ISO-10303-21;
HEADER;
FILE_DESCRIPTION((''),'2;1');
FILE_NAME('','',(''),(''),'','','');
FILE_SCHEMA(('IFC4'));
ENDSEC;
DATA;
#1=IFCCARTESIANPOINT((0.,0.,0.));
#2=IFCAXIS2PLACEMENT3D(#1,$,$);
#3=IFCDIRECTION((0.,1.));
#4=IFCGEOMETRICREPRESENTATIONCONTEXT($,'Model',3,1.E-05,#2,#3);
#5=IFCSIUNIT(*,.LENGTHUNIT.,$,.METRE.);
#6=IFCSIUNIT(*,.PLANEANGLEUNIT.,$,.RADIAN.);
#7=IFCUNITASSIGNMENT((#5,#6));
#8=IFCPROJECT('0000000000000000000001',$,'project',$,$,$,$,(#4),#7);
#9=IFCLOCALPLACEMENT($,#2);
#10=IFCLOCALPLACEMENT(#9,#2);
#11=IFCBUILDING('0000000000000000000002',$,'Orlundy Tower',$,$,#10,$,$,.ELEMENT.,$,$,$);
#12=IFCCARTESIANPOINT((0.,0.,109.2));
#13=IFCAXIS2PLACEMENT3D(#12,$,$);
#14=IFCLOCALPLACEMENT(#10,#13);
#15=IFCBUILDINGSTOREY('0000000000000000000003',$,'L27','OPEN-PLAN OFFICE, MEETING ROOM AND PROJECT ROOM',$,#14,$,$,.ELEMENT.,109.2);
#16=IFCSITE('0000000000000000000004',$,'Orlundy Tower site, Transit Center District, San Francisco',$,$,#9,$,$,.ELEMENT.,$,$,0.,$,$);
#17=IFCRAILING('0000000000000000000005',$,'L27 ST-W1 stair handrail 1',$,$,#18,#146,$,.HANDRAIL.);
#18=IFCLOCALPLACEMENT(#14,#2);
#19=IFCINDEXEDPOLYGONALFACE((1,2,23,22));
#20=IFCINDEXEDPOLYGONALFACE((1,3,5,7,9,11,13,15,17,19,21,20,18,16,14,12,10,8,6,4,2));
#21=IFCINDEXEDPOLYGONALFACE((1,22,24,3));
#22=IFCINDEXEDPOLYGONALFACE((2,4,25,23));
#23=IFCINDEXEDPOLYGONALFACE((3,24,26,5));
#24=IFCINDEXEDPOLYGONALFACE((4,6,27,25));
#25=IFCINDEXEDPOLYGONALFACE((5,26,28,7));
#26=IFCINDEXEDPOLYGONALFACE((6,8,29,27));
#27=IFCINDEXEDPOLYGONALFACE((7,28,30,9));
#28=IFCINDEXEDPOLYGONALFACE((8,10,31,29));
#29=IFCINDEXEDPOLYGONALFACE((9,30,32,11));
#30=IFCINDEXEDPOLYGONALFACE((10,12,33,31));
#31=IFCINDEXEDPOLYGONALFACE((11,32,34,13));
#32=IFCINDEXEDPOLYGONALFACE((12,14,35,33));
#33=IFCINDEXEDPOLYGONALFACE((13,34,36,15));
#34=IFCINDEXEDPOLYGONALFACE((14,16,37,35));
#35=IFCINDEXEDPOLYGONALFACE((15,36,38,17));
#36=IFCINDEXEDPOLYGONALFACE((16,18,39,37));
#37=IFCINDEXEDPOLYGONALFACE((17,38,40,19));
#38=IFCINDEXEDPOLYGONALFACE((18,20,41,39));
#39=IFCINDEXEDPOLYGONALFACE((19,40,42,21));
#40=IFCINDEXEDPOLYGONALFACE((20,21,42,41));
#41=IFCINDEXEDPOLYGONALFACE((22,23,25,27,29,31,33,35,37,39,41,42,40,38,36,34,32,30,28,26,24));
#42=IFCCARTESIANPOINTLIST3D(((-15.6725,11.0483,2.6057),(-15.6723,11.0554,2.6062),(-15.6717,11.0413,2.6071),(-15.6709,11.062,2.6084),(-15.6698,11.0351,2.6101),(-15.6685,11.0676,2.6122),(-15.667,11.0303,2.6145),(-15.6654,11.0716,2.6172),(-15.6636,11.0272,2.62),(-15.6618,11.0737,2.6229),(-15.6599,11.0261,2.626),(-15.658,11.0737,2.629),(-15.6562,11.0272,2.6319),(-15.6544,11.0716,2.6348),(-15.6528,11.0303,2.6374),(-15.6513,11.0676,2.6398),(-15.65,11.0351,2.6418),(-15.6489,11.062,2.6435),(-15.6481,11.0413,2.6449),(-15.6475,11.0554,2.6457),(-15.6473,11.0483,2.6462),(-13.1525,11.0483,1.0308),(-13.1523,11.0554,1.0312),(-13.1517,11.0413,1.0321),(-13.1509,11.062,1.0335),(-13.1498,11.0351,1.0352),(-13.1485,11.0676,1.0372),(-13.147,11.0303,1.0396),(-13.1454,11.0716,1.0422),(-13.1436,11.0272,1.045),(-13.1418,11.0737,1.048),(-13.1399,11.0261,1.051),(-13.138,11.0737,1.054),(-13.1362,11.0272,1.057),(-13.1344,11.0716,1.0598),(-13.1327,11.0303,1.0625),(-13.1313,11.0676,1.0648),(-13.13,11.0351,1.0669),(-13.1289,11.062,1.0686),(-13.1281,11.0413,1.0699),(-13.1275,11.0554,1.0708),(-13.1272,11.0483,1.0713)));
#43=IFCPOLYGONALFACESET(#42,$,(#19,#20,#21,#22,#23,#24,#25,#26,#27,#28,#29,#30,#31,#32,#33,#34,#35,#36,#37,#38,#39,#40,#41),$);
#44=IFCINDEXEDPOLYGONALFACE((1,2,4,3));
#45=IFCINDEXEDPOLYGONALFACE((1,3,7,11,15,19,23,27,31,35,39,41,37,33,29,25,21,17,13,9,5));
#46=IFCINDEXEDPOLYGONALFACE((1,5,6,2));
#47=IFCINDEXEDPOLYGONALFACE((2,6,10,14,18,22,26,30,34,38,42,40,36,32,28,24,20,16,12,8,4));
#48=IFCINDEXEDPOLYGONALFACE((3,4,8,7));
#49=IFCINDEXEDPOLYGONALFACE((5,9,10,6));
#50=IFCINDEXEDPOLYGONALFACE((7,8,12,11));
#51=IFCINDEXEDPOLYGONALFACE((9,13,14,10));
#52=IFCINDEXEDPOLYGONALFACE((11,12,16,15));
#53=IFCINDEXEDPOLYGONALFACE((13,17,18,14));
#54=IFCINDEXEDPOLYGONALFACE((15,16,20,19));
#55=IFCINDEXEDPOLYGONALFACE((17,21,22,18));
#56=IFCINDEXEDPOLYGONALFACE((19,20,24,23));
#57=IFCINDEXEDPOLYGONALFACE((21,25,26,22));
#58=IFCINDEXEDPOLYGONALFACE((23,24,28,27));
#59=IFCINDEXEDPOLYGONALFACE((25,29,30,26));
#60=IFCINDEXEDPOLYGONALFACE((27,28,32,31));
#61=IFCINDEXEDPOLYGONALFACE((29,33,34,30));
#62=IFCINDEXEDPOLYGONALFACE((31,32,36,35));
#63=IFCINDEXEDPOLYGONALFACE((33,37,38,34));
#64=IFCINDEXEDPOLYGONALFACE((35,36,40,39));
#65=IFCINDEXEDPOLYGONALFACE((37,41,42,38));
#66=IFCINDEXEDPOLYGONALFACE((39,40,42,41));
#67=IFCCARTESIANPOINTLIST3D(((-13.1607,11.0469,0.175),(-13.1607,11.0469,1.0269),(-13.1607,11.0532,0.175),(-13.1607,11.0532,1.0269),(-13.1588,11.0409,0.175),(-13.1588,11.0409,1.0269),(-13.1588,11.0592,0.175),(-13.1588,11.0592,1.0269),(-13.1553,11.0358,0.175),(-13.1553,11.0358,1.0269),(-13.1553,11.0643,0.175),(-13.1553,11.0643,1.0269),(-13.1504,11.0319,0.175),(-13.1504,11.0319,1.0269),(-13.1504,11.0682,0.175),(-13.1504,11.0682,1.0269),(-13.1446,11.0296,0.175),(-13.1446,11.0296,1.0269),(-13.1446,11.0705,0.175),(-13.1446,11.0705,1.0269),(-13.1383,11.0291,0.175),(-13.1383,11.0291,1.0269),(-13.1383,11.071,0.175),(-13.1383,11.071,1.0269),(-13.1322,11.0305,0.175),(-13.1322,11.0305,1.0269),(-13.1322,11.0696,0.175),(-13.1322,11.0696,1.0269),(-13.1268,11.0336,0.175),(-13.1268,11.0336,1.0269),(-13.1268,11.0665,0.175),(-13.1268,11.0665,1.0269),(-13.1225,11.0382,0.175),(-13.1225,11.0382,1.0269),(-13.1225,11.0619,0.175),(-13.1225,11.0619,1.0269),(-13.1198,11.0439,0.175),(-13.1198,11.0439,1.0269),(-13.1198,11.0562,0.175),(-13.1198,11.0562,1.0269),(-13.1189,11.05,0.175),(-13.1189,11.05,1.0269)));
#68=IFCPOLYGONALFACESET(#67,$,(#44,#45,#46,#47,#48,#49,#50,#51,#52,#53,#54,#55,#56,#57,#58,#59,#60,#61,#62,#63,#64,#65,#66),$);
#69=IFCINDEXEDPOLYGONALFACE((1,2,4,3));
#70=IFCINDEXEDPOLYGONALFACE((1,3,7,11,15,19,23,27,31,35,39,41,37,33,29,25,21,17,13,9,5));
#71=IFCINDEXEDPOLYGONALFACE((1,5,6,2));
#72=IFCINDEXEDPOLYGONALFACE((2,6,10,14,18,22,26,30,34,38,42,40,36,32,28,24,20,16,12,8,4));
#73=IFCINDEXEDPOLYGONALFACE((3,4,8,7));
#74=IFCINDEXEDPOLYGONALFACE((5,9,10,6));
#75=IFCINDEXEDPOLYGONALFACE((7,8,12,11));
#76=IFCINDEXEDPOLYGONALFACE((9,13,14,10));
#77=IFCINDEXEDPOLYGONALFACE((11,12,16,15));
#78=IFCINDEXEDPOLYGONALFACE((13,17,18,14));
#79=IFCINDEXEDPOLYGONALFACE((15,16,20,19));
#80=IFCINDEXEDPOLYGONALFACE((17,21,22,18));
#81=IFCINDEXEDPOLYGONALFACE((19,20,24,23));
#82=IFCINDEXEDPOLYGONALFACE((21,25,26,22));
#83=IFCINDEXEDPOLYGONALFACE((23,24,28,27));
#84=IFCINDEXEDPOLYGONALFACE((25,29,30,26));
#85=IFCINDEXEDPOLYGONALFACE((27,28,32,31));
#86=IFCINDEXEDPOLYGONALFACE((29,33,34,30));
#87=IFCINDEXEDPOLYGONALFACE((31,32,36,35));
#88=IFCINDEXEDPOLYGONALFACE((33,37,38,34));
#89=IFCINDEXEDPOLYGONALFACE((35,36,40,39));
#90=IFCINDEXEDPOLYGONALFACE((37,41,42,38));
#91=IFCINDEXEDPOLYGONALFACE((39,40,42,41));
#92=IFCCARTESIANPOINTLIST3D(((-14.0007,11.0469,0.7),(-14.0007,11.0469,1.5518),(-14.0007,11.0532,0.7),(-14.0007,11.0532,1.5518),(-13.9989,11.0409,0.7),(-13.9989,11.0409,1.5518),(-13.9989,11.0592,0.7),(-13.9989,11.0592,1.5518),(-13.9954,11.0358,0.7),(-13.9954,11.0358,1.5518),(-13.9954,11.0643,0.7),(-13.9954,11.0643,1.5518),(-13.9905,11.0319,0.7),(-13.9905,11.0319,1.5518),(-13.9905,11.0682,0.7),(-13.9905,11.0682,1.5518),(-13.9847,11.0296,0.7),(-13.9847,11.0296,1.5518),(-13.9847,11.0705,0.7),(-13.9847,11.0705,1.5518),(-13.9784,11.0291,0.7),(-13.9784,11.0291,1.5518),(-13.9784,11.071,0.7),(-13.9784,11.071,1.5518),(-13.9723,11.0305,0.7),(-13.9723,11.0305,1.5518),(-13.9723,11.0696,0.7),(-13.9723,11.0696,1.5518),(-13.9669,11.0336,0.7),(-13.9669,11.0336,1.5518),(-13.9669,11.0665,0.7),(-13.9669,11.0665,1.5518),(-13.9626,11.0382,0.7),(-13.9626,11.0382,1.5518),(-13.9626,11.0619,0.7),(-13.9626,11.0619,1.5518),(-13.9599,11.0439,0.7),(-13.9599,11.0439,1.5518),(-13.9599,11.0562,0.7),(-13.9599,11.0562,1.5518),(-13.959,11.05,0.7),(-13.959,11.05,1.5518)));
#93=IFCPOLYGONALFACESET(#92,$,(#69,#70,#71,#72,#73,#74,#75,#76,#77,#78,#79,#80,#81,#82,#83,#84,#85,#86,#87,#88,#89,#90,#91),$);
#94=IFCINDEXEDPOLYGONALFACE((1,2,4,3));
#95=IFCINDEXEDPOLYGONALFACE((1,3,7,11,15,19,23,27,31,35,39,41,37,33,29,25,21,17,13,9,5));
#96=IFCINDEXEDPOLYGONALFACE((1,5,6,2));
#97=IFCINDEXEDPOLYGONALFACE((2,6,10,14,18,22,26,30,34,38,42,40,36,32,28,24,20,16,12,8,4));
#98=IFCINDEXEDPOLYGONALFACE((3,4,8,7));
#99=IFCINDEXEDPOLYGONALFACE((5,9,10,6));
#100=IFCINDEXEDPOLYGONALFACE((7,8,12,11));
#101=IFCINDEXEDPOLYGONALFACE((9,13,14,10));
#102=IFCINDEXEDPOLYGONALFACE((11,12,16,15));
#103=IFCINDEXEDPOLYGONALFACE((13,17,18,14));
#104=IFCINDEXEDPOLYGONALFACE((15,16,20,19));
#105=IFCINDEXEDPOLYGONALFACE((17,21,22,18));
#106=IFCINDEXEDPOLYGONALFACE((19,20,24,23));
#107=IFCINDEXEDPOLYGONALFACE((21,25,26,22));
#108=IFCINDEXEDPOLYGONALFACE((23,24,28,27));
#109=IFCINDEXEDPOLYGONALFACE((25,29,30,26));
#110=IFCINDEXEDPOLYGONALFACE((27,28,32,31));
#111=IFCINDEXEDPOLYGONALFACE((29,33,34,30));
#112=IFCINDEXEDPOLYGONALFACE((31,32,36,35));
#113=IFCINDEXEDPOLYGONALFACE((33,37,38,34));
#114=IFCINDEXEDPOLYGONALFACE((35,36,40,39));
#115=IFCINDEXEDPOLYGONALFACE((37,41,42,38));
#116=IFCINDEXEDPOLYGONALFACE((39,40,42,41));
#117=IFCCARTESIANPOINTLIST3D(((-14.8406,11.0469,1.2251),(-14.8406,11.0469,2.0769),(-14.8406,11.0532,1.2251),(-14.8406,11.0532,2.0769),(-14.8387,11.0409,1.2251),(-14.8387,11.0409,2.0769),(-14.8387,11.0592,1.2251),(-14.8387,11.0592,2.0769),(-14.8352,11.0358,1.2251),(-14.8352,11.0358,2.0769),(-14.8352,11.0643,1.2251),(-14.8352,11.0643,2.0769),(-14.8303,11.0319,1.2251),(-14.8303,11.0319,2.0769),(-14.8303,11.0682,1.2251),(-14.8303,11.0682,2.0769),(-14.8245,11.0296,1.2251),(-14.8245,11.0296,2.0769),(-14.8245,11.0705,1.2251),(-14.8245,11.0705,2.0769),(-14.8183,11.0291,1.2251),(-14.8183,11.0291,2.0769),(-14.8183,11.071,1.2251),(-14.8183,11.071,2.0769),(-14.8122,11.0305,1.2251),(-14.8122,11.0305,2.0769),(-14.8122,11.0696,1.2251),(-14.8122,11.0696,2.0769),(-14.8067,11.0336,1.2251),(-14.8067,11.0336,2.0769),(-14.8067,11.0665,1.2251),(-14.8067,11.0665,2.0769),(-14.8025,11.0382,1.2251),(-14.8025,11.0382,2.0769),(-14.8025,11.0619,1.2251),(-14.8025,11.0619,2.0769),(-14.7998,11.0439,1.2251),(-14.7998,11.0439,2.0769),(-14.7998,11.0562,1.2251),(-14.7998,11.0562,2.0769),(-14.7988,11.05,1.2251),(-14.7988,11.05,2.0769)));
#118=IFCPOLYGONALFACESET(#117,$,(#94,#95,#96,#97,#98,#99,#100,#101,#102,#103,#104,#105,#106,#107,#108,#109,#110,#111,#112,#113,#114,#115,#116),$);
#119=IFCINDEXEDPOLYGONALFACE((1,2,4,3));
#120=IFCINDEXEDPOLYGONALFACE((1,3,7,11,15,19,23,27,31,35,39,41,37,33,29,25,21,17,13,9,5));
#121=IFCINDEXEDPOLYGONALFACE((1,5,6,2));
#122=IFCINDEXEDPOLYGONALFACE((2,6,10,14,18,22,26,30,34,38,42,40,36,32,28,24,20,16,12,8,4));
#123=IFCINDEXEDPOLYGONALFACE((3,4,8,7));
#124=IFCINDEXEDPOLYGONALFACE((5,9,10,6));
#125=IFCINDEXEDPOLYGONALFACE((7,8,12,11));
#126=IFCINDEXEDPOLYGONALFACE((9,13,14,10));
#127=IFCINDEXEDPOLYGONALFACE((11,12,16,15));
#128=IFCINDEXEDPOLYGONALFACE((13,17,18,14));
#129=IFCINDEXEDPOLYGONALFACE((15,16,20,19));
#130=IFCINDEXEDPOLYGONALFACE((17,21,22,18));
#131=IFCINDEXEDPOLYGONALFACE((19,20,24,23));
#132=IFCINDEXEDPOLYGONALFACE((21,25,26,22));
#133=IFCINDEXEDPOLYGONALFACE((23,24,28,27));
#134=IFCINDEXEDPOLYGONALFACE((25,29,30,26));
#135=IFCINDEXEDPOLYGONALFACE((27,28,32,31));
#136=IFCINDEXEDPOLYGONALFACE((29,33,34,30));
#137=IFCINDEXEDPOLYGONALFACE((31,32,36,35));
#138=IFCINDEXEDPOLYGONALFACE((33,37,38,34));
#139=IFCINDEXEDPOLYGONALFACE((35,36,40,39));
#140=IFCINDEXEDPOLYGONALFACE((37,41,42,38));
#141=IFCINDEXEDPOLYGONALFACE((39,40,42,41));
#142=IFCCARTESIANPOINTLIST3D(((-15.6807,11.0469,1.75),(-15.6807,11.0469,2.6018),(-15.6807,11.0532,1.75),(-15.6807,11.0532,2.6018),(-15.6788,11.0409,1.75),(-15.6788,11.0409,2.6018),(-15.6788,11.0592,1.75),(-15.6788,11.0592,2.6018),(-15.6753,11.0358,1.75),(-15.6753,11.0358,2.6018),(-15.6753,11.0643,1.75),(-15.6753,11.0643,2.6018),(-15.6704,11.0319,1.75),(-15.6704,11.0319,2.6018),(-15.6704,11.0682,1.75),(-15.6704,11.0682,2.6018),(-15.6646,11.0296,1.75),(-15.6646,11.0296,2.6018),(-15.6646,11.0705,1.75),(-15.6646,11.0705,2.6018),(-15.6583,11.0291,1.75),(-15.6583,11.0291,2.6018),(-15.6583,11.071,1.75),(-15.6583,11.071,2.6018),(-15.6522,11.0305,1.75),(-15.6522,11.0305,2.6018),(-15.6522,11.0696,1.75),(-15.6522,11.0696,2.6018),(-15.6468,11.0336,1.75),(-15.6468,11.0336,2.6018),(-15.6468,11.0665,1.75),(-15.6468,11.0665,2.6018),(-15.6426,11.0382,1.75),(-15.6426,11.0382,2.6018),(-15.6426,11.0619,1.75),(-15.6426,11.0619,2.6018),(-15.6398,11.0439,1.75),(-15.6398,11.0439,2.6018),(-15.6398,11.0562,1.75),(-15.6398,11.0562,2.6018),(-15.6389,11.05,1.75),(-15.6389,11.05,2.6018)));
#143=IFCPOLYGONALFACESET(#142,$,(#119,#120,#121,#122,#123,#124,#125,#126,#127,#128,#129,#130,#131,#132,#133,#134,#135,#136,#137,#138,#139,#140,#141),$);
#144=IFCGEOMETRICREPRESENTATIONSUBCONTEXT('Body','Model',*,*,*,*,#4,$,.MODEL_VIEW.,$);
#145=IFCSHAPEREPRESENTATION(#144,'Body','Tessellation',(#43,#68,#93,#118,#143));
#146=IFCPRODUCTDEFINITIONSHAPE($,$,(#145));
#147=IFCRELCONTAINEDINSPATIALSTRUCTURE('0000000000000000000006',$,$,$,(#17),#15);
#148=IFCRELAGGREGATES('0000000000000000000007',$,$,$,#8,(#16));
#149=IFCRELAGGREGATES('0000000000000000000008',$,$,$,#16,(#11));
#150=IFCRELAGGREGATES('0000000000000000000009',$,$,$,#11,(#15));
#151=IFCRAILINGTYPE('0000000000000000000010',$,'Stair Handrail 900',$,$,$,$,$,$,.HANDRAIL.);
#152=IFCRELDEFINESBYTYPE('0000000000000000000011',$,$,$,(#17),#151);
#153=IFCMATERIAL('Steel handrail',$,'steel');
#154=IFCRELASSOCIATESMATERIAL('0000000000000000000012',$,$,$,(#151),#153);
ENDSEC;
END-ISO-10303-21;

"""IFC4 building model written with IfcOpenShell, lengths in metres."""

from ifc_helpers import new_model, si_unit, direction, frame, origin, origin_2d, place, context, subcontext, project, spatial, circle, extrude, material, type_object, element, save


model = new_model("IFC4")

# Units and contexts
model_context = context("Model", 3, precision=1e-05, world=origin(), true_north=direction((0.0, 1.0)))
body_context = subcontext(model_context, "Body", "Model", "MODEL_VIEW")
ifc_project = project(units=[si_unit("LENGTHUNIT", "METRE"), si_unit("PLANEANGLEUNIT", "RADIAN")], contexts=[model_context])

# Site, building, storey
site_placement = place(None, origin())
site = spatial("IfcSite", under=ifc_project, at=site_placement, Name="Orlundy Tower site, Transit Center District, San Francisco", CompositionType="ELEMENT", RefElevation=0.0)
building_placement = place(site_placement, origin())
building = spatial("IfcBuilding", under=site, at=building_placement, Name="Orlundy Tower", CompositionType="ELEMENT")
storey_placement = place(building_placement, frame((0.0, 0.0, 109.2)))
storey = spatial("IfcBuildingStorey", under=building, at=storey_placement, Name="L27", Description="OPEN-PLAN OFFICE, MEETING ROOM AND PROJECT ROOM", CompositionType="ELEMENT", Elevation=109.2)

# Railing
ifc_material_1 = material(Name="Steel handrail", Category="steel")
railing_type_1 = type_object("IfcRailingType", Name="Stair Handrail 900", PredefinedType="HANDRAIL", material=ifc_material_1)
railing_1_placement = place(storey_placement, frame((-13.1399, 11.05, 0.175)))
element("IfcRailing", 1, at=railing_1_placement, inside=storey, type_object=railing_type_1, Name="L27 ST-W1 stair handrail 1", PredefinedType="HANDRAIL", context=body_context, shape_type="SweptSolid", body=[
    extrude(circle(Radius=0.0239, at=origin_2d()), frame((0.0, 0.0, 0.876), z_axis=(-0.848008, 0.0, 0.529984), x_axis=(0.0, -1.0, 0.0)), (0.0, 0.0, 1.0), 2.9717),
    extrude(circle(Radius=0.021, at=origin_2d()), origin(), (0.0, 0.0, 1.0), 0.8518),
    extrude(circle(Radius=0.021, at=origin_2d()), frame((-0.8401, 0.0, 0.5249)), (0.0, 0.0, 1.0), 0.8518),
    extrude(circle(Radius=0.021, at=origin_2d()), frame((-1.6799, 0.0, 1.05)), (0.0, 0.0, 1.0), 0.8518),
    extrude(circle(Radius=0.021, at=origin_2d()), frame((-2.52, 0.0, 1.575)), (0.0, 0.0, 1.0), 0.8518),
])

save(model, "model.ifc")
